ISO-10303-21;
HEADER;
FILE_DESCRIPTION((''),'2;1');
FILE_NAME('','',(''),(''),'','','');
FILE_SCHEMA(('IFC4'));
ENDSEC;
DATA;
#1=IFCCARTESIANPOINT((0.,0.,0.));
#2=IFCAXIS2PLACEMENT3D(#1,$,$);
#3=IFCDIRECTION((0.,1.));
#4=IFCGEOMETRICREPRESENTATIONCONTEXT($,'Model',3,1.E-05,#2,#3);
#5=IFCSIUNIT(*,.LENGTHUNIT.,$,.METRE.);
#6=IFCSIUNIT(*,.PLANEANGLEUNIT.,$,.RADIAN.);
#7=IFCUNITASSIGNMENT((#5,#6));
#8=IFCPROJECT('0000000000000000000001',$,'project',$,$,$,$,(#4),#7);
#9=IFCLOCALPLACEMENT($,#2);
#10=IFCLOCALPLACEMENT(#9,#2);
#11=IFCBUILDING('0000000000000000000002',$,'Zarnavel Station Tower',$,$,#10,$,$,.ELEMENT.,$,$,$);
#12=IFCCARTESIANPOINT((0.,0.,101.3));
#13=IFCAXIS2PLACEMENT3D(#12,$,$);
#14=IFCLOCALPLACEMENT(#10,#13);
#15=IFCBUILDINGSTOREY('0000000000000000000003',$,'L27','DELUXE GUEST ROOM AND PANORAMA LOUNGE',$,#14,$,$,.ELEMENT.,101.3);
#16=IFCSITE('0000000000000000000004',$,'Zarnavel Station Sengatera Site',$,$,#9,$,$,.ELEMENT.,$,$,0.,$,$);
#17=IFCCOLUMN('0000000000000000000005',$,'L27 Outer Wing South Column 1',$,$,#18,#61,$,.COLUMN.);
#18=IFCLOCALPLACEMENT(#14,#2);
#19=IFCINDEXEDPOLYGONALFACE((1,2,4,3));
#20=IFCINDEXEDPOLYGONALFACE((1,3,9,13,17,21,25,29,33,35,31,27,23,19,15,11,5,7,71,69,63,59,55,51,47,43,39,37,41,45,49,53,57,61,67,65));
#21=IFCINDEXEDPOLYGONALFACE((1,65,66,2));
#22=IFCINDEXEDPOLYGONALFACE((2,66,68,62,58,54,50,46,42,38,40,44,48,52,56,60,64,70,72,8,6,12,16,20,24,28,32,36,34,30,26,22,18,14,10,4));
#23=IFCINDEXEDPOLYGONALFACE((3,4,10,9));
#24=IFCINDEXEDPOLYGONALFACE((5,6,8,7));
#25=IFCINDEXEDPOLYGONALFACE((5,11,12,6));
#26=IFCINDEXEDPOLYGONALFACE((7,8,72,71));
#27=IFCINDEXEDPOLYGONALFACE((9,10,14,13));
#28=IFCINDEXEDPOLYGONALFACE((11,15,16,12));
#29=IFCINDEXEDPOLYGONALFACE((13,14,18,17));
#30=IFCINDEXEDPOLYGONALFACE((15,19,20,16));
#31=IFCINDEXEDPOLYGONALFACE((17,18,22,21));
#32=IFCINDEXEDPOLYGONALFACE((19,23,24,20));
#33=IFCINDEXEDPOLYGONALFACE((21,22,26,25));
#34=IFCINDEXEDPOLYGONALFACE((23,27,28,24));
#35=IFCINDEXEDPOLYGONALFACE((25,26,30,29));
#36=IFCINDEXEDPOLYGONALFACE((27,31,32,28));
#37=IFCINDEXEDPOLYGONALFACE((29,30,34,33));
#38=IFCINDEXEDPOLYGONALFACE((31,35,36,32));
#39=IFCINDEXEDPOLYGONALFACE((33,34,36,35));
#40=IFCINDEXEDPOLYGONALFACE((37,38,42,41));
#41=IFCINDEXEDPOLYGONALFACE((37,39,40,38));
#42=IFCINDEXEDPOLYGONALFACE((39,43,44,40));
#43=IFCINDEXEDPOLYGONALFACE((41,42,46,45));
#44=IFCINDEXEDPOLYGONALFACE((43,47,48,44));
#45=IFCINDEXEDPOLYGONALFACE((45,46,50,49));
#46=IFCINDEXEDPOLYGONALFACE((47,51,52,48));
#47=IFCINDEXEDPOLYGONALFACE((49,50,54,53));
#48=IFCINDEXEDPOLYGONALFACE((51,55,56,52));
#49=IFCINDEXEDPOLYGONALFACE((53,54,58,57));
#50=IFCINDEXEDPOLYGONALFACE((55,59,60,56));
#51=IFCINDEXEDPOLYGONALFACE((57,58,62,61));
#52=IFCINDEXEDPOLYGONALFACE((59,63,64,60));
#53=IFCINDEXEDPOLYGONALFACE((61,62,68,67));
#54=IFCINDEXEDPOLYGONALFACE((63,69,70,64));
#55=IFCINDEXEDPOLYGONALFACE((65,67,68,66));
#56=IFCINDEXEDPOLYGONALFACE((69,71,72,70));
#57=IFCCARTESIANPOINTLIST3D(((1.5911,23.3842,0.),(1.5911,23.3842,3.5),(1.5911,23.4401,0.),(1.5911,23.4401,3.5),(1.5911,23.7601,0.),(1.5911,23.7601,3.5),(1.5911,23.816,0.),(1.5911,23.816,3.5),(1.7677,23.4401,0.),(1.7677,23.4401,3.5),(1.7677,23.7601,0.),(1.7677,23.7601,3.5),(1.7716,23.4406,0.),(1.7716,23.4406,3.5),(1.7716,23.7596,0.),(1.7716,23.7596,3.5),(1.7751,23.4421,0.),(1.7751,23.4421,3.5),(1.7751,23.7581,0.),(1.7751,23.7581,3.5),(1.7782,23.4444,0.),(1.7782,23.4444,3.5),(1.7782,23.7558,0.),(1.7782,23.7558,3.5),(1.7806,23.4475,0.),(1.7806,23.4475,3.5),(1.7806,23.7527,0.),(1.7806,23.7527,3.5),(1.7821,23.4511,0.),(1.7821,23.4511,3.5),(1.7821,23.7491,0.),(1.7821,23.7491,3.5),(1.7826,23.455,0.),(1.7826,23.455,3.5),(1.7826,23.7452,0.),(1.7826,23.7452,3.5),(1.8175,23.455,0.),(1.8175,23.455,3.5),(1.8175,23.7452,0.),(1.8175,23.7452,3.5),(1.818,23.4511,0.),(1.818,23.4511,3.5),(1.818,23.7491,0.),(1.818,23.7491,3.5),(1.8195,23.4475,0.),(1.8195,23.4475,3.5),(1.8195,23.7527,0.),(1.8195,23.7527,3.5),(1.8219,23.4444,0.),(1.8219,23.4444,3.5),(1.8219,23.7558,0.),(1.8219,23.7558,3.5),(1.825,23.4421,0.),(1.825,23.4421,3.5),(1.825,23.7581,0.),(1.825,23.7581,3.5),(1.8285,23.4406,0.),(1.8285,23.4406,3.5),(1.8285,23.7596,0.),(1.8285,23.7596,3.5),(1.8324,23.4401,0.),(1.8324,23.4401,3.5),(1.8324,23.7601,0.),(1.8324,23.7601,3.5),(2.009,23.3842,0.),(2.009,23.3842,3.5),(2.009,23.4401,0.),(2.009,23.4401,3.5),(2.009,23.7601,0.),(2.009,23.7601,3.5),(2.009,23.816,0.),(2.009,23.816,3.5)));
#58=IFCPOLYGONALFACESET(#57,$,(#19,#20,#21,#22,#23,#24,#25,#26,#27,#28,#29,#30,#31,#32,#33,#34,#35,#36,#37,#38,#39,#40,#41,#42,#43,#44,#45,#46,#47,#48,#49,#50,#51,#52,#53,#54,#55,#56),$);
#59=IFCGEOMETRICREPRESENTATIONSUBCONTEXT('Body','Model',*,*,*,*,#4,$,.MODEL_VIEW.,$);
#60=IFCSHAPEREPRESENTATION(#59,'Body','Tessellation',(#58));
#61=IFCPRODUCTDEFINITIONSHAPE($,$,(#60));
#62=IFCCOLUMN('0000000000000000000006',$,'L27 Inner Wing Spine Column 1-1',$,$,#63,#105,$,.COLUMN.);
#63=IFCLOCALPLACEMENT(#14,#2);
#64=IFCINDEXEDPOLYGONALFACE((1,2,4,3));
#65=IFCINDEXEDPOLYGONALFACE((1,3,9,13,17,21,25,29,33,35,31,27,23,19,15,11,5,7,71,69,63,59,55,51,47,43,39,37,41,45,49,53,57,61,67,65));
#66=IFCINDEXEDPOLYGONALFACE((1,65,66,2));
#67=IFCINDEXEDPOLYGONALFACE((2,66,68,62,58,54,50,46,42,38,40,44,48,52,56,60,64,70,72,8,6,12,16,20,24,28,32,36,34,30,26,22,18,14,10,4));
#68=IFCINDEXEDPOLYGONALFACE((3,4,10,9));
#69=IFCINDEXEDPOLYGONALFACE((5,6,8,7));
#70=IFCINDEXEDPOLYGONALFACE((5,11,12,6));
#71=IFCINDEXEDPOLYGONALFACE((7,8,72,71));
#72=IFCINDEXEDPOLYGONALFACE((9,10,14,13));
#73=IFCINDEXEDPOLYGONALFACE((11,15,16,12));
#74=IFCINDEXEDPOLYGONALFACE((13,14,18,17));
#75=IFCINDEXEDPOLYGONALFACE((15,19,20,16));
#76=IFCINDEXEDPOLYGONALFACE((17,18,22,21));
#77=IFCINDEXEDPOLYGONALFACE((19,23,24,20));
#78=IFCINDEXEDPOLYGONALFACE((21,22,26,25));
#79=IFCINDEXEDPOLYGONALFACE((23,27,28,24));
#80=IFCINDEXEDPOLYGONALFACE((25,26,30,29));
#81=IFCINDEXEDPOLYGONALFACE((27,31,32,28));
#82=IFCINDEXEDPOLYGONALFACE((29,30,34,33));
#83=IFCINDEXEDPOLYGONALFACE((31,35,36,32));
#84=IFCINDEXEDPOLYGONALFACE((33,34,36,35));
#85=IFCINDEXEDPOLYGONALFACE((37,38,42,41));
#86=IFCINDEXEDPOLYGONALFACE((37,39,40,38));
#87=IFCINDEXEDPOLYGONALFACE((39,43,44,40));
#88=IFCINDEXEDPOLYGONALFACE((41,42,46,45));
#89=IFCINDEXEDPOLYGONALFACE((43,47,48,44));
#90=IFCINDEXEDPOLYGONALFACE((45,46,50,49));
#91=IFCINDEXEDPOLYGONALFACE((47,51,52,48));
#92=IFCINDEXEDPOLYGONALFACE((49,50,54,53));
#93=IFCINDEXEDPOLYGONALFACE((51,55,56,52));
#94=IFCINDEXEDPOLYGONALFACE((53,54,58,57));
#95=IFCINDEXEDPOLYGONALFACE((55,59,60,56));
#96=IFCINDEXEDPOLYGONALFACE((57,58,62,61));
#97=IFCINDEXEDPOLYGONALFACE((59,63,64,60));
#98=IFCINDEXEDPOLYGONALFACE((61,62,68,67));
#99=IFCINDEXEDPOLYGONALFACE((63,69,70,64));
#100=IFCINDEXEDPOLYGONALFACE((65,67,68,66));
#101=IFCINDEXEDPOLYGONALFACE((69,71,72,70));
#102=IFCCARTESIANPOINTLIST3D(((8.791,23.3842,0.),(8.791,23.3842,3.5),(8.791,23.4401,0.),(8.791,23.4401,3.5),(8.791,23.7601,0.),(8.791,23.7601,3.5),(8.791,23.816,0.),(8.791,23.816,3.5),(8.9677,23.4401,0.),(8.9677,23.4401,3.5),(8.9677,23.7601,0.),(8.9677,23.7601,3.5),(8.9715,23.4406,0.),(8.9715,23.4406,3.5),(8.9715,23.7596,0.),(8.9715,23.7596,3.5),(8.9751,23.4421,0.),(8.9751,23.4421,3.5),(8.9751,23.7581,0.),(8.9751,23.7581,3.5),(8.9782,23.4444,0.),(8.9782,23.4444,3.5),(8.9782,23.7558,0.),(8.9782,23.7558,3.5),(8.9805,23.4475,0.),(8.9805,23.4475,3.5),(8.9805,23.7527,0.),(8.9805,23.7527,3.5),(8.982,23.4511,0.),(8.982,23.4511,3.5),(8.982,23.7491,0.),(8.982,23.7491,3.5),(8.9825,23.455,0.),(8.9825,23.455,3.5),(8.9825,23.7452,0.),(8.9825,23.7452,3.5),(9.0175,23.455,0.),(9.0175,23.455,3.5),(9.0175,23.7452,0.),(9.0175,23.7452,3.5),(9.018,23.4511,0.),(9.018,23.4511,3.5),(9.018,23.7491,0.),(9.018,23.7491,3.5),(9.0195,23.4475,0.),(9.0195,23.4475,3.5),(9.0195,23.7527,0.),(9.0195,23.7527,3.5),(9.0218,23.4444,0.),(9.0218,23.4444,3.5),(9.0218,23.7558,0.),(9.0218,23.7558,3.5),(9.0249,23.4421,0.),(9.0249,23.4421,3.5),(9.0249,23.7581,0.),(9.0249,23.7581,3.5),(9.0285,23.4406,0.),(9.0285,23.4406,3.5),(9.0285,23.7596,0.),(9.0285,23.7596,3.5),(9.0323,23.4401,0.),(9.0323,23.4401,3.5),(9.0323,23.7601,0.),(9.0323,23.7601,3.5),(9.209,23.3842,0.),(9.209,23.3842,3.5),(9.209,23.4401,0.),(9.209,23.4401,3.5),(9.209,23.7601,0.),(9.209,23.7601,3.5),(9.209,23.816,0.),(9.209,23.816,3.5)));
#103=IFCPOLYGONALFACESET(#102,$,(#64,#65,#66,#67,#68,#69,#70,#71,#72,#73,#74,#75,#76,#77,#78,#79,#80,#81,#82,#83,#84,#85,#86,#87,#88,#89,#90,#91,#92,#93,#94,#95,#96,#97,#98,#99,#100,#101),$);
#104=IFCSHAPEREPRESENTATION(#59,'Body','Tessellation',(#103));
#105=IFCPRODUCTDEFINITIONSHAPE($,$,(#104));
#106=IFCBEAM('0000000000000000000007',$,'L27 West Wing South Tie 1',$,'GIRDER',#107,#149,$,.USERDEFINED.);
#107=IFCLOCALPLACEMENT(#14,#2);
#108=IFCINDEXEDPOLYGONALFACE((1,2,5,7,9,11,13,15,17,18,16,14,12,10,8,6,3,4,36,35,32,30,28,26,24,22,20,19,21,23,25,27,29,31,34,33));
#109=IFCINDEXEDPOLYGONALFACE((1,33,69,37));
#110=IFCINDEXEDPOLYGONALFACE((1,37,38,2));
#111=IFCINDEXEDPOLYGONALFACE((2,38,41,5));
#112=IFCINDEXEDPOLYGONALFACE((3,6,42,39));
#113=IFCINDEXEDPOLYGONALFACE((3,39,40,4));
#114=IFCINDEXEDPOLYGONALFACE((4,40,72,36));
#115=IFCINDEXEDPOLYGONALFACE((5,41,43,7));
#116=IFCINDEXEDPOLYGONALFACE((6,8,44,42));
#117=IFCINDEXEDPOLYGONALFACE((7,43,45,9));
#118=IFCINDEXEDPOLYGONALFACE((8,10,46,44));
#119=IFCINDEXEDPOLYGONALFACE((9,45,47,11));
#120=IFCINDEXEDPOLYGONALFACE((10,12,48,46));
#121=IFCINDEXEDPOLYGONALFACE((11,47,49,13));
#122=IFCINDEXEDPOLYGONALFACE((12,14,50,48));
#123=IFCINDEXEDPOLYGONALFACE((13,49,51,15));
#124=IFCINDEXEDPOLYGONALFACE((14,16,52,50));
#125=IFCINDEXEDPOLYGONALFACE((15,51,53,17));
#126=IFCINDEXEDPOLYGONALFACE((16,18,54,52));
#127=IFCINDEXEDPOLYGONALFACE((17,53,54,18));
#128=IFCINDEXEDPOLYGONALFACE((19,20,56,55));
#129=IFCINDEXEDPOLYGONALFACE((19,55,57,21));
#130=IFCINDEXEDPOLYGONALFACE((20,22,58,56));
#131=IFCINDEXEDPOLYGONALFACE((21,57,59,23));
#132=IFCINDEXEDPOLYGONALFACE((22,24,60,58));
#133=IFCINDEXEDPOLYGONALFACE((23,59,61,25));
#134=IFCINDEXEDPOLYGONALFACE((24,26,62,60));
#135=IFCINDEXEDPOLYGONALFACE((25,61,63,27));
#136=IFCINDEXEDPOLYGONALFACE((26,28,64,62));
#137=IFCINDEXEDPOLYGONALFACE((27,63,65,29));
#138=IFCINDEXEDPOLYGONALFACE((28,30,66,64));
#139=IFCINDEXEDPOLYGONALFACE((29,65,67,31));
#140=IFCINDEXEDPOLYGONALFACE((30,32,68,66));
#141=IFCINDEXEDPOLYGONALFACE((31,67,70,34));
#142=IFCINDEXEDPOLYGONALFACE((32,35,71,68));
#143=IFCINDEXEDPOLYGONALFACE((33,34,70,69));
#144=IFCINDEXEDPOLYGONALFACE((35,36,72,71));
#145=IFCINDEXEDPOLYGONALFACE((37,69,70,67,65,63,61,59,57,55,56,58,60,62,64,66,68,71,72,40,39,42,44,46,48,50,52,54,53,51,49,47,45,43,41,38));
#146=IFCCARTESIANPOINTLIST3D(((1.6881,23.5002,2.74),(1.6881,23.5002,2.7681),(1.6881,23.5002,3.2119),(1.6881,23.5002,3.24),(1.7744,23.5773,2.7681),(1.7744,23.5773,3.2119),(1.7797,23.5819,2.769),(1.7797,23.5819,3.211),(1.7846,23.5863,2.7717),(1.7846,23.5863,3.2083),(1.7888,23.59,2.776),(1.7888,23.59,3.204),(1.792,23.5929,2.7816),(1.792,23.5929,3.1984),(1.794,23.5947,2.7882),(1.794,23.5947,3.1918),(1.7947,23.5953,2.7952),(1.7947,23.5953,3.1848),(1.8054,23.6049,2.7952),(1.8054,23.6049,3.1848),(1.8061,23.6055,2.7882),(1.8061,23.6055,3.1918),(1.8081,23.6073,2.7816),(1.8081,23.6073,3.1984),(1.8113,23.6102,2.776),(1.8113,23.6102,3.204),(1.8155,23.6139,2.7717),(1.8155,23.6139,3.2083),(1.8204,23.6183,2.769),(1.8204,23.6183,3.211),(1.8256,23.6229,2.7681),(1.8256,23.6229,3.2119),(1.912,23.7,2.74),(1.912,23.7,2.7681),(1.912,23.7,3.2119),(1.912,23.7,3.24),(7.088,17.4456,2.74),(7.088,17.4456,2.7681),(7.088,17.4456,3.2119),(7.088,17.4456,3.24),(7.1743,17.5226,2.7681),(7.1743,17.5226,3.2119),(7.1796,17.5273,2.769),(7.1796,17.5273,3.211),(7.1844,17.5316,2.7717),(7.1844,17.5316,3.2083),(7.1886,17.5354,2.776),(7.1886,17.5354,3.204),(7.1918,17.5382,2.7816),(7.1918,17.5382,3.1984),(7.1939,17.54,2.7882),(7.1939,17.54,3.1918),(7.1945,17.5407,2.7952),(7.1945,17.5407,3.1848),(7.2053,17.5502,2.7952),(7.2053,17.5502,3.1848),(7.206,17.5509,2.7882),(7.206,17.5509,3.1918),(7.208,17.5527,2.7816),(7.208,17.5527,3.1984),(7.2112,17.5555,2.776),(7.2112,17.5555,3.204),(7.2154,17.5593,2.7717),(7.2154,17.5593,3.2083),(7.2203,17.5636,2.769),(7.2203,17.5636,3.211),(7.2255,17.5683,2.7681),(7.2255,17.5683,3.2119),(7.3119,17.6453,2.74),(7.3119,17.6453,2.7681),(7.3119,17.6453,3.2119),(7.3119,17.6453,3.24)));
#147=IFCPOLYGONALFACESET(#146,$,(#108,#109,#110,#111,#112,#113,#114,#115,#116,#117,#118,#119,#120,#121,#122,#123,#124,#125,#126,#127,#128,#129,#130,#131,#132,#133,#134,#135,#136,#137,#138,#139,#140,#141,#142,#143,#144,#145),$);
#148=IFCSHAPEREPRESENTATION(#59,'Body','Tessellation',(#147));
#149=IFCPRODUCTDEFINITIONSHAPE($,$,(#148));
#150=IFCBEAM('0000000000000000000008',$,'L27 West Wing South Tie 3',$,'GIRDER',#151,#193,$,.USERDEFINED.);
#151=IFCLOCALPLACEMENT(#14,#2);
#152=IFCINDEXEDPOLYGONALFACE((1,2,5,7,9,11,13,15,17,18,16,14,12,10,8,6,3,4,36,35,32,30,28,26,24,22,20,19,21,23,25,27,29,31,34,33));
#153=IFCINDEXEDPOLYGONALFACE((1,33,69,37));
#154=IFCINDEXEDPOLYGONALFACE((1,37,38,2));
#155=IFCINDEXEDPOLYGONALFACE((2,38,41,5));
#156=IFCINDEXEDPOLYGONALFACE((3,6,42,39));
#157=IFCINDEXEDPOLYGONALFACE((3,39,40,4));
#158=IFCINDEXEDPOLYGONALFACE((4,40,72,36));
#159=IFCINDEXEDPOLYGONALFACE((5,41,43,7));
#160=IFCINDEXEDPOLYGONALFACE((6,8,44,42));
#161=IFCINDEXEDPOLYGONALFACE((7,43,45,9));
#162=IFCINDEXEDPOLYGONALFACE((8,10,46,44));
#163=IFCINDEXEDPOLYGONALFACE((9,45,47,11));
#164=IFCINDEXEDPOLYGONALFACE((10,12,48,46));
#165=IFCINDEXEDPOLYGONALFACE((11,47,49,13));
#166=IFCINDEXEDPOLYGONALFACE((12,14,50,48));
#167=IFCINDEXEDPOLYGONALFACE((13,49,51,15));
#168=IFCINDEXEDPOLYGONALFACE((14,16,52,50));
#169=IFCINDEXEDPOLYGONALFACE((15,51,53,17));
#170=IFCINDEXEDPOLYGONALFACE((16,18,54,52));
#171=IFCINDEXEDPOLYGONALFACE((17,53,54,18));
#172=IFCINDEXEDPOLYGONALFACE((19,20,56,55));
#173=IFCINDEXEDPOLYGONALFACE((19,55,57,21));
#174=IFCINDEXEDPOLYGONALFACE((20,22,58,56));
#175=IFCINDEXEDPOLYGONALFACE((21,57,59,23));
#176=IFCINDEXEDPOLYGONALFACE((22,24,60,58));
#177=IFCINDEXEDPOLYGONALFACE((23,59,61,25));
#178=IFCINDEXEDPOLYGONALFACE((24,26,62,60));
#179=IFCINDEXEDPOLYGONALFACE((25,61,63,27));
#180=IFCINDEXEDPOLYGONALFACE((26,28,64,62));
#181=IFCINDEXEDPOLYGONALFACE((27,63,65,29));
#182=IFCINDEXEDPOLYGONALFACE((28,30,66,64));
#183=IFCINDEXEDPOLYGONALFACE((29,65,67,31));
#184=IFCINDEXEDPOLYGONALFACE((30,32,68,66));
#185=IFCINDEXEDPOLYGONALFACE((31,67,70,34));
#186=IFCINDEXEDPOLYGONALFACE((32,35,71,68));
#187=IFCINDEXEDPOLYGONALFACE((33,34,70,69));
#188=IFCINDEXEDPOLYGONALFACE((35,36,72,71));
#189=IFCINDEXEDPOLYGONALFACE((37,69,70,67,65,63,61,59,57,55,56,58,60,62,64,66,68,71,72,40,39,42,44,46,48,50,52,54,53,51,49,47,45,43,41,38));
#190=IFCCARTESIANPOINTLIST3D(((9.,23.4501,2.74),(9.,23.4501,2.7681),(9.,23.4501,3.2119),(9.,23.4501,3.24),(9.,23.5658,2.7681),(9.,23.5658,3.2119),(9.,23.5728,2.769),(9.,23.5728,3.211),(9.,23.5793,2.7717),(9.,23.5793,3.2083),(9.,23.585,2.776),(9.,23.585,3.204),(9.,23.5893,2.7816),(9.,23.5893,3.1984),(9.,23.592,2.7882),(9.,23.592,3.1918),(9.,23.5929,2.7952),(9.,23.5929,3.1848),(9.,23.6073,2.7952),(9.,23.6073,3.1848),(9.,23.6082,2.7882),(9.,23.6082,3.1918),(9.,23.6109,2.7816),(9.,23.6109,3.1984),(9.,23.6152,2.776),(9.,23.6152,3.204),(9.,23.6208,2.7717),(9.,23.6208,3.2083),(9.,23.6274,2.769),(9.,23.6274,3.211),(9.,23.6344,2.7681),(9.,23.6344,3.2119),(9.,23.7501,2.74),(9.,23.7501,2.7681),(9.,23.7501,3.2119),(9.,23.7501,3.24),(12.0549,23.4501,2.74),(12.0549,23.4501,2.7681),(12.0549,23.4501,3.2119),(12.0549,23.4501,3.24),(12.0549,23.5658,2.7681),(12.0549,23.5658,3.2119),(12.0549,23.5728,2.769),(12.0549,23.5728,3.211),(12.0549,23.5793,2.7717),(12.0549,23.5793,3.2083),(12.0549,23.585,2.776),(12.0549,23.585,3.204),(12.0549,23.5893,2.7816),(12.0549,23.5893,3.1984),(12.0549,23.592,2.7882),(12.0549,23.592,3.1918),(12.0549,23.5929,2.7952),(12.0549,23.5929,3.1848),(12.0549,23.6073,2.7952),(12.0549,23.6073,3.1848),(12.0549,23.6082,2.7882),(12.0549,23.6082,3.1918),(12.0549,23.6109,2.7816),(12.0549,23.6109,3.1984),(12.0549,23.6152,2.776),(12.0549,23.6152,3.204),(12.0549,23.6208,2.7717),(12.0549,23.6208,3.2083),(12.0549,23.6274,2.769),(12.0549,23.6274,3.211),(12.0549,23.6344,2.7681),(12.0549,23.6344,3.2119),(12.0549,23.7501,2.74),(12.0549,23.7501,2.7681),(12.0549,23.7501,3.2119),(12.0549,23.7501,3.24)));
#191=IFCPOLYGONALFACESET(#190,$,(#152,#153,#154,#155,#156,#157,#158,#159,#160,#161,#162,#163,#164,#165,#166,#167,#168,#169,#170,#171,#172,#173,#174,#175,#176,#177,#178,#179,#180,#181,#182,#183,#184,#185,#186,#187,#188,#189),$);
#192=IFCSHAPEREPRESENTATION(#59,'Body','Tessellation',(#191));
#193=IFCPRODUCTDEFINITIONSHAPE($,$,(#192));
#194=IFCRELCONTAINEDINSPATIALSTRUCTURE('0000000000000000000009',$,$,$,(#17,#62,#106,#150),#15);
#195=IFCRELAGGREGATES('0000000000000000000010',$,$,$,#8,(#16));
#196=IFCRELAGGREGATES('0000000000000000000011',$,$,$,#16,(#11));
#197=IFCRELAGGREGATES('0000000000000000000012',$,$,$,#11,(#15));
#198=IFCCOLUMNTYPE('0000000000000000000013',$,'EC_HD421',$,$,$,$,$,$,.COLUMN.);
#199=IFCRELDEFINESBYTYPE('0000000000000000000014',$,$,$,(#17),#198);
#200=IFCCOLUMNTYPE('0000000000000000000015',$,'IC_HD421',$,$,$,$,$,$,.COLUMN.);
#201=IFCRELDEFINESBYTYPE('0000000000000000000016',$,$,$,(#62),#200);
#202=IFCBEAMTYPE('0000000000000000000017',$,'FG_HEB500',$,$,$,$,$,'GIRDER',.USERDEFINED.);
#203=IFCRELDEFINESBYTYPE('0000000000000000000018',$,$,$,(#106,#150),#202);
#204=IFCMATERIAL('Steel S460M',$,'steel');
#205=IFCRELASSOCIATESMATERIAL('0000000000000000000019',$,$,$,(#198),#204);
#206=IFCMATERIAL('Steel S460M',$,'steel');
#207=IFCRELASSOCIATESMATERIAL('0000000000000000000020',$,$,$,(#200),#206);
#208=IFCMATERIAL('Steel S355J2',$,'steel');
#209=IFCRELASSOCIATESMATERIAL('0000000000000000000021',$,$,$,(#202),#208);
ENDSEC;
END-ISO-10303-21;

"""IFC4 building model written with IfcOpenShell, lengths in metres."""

from ifc_helpers import new_model, si_unit, direction, frame, origin, origin_2d, place, context, subcontext, project, spatial, i_section, extrude, material, material_profile, profile_set, type_object, element, save


model = new_model("IFC4")

# Units and contexts
model_context = context("Model", 3, precision=1e-05, world=origin(), true_north=direction((0.0, 1.0)))
body_context = subcontext(model_context, "Body", "Model", "MODEL_VIEW")
ifc_project = project(units=[si_unit("LENGTHUNIT", "METRE"), si_unit("PLANEANGLEUNIT", "RADIAN")], contexts=[model_context])

# Site, building, storey
site_placement = place(None, origin())
site = spatial("IfcSite", under=ifc_project, at=site_placement, Name="Zarnavel Station Sengatera Site", CompositionType="ELEMENT", RefElevation=0.0)
building_placement = place(site_placement, origin())
building = spatial("IfcBuilding", under=site, at=building_placement, Name="Zarnavel Station Tower", CompositionType="ELEMENT")
storey_placement = place(building_placement, frame((0.0, 0.0, 101.3)))
storey = spatial("IfcBuildingStorey", under=building, at=storey_placement, Name="L27", Description="DELUXE GUEST ROOM AND PANORAMA LOUNGE", CompositionType="ELEMENT", Elevation=101.3)

# Columns
ifc_material_1 = material(Name="Steel S460M", Category="steel")
ifc_material_profile_1 = material_profile(ifc_material_1, i_section(OverallWidth=0.418, OverallDepth=0.4319, WebThickness=0.0349, FlangeThickness=0.0559, FilletRadius=0.0149, at=origin_2d()), Name="HD400x421")
ifc_profile_set_1 = profile_set([ifc_material_profile_1], Name="Steel S460M")
column_type_1 = type_object("IfcColumnType", Name="EC_HD421", PredefinedType="COLUMN", material=ifc_profile_set_1)
column_1_placement = place(storey_placement, frame((1.8, 23.6001, 0.0), z_axis=(0.0, 0.0, 1.0), x_axis=(1.0, 0.0, 0.0)))
element("IfcColumn", 1, at=column_1_placement, inside=storey, type_object=column_type_1, Name="L27 Outer Wing South Column 1", PredefinedType="COLUMN", context=body_context, shape_type="SweptSolid", body=[
    extrude(i_section(OverallWidth=0.418, OverallDepth=0.4319, WebThickness=0.0349, FlangeThickness=0.0559, FilletRadius=0.0149, at=origin_2d()), origin(), (0.0, 0.0, 1.0), 3.5),
])
ifc_material_2 = material(Name="Steel S460M", Category="steel")
ifc_material_profile_2 = material_profile(ifc_material_2, i_section(OverallWidth=0.418, OverallDepth=0.4319, WebThickness=0.0349, FlangeThickness=0.0559, FilletRadius=0.0149, at=origin_2d()), Name="HD400x421")
ifc_profile_set_2 = profile_set([ifc_material_profile_2], Name="Steel S460M")
column_type_2 = type_object("IfcColumnType", Name="IC_HD421", PredefinedType="COLUMN", material=ifc_profile_set_2)
column_2_placement = place(storey_placement, frame((9.0, 23.6001, 0.0), z_axis=(0.0, 0.0, 1.0), x_axis=(1.0, 0.0, 0.0)))
element("IfcColumn", 2, at=column_2_placement, inside=storey, type_object=column_type_2, Name="L27 Inner Wing Spine Column 1-1", PredefinedType="COLUMN", context=body_context, shape_type="SweptSolid", body=[
    extrude(i_section(OverallWidth=0.418, OverallDepth=0.4319, WebThickness=0.0349, FlangeThickness=0.0559, FilletRadius=0.0149, at=origin_2d()), origin(), (0.0, 0.0, 1.0), 3.5),
])

# Beams
ifc_material_3 = material(Name="Steel S355J2", Category="steel")
ifc_material_profile_3 = material_profile(ifc_material_3, i_section(OverallWidth=0.3, OverallDepth=0.5, WebThickness=0.0144, FlangeThickness=0.0281, FilletRadius=0.0271, at=origin_2d()), Name="HEB500")
ifc_profile_set_3 = profile_set([ifc_material_profile_3], Name="Steel S355J2")
beam_type_1 = type_object("IfcBeamType", Name="FG_HEB500", ElementType="GIRDER", PredefinedType="USERDEFINED", material=ifc_profile_set_3)
beam_1_placement = place(storey_placement, frame((1.8, 23.6001, 2.99), z_axis=(0.665599, -0.746309, 0.0), x_axis=(0.746309, 0.665599, 0.0)))
element("IfcBeam", 3, at=beam_1_placement, inside=storey, type_object=beam_type_1, Name="L27 West Wing South Tie 1", ObjectType="GIRDER", PredefinedType="USERDEFINED", context=body_context, shape_type="SweptSolid", body=[
    extrude(i_section(OverallWidth=0.3, OverallDepth=0.5, WebThickness=0.0144, FlangeThickness=0.0281, FilletRadius=0.0271, at=origin_2d()), origin(), (0.0, 0.0, 1.0), 8.1128),
])
beam_2_placement = place(storey_placement, frame((9.0, 23.6001, 2.99), z_axis=(1.0, 0.0, 0.0), x_axis=(0.0, 1.0, 0.0)))
element("IfcBeam", 4, at=beam_2_placement, inside=storey, type_object=beam_type_1, Name="L27 West Wing South Tie 3", ObjectType="GIRDER", PredefinedType="USERDEFINED", context=body_context, shape_type="SweptSolid", body=[
    extrude(i_section(OverallWidth=0.3, OverallDepth=0.5, WebThickness=0.0144, FlangeThickness=0.0281, FilletRadius=0.0271, at=origin_2d()), origin(), (0.0, 0.0, 1.0), 3.0549),
])

save(model, "model.ifc")
